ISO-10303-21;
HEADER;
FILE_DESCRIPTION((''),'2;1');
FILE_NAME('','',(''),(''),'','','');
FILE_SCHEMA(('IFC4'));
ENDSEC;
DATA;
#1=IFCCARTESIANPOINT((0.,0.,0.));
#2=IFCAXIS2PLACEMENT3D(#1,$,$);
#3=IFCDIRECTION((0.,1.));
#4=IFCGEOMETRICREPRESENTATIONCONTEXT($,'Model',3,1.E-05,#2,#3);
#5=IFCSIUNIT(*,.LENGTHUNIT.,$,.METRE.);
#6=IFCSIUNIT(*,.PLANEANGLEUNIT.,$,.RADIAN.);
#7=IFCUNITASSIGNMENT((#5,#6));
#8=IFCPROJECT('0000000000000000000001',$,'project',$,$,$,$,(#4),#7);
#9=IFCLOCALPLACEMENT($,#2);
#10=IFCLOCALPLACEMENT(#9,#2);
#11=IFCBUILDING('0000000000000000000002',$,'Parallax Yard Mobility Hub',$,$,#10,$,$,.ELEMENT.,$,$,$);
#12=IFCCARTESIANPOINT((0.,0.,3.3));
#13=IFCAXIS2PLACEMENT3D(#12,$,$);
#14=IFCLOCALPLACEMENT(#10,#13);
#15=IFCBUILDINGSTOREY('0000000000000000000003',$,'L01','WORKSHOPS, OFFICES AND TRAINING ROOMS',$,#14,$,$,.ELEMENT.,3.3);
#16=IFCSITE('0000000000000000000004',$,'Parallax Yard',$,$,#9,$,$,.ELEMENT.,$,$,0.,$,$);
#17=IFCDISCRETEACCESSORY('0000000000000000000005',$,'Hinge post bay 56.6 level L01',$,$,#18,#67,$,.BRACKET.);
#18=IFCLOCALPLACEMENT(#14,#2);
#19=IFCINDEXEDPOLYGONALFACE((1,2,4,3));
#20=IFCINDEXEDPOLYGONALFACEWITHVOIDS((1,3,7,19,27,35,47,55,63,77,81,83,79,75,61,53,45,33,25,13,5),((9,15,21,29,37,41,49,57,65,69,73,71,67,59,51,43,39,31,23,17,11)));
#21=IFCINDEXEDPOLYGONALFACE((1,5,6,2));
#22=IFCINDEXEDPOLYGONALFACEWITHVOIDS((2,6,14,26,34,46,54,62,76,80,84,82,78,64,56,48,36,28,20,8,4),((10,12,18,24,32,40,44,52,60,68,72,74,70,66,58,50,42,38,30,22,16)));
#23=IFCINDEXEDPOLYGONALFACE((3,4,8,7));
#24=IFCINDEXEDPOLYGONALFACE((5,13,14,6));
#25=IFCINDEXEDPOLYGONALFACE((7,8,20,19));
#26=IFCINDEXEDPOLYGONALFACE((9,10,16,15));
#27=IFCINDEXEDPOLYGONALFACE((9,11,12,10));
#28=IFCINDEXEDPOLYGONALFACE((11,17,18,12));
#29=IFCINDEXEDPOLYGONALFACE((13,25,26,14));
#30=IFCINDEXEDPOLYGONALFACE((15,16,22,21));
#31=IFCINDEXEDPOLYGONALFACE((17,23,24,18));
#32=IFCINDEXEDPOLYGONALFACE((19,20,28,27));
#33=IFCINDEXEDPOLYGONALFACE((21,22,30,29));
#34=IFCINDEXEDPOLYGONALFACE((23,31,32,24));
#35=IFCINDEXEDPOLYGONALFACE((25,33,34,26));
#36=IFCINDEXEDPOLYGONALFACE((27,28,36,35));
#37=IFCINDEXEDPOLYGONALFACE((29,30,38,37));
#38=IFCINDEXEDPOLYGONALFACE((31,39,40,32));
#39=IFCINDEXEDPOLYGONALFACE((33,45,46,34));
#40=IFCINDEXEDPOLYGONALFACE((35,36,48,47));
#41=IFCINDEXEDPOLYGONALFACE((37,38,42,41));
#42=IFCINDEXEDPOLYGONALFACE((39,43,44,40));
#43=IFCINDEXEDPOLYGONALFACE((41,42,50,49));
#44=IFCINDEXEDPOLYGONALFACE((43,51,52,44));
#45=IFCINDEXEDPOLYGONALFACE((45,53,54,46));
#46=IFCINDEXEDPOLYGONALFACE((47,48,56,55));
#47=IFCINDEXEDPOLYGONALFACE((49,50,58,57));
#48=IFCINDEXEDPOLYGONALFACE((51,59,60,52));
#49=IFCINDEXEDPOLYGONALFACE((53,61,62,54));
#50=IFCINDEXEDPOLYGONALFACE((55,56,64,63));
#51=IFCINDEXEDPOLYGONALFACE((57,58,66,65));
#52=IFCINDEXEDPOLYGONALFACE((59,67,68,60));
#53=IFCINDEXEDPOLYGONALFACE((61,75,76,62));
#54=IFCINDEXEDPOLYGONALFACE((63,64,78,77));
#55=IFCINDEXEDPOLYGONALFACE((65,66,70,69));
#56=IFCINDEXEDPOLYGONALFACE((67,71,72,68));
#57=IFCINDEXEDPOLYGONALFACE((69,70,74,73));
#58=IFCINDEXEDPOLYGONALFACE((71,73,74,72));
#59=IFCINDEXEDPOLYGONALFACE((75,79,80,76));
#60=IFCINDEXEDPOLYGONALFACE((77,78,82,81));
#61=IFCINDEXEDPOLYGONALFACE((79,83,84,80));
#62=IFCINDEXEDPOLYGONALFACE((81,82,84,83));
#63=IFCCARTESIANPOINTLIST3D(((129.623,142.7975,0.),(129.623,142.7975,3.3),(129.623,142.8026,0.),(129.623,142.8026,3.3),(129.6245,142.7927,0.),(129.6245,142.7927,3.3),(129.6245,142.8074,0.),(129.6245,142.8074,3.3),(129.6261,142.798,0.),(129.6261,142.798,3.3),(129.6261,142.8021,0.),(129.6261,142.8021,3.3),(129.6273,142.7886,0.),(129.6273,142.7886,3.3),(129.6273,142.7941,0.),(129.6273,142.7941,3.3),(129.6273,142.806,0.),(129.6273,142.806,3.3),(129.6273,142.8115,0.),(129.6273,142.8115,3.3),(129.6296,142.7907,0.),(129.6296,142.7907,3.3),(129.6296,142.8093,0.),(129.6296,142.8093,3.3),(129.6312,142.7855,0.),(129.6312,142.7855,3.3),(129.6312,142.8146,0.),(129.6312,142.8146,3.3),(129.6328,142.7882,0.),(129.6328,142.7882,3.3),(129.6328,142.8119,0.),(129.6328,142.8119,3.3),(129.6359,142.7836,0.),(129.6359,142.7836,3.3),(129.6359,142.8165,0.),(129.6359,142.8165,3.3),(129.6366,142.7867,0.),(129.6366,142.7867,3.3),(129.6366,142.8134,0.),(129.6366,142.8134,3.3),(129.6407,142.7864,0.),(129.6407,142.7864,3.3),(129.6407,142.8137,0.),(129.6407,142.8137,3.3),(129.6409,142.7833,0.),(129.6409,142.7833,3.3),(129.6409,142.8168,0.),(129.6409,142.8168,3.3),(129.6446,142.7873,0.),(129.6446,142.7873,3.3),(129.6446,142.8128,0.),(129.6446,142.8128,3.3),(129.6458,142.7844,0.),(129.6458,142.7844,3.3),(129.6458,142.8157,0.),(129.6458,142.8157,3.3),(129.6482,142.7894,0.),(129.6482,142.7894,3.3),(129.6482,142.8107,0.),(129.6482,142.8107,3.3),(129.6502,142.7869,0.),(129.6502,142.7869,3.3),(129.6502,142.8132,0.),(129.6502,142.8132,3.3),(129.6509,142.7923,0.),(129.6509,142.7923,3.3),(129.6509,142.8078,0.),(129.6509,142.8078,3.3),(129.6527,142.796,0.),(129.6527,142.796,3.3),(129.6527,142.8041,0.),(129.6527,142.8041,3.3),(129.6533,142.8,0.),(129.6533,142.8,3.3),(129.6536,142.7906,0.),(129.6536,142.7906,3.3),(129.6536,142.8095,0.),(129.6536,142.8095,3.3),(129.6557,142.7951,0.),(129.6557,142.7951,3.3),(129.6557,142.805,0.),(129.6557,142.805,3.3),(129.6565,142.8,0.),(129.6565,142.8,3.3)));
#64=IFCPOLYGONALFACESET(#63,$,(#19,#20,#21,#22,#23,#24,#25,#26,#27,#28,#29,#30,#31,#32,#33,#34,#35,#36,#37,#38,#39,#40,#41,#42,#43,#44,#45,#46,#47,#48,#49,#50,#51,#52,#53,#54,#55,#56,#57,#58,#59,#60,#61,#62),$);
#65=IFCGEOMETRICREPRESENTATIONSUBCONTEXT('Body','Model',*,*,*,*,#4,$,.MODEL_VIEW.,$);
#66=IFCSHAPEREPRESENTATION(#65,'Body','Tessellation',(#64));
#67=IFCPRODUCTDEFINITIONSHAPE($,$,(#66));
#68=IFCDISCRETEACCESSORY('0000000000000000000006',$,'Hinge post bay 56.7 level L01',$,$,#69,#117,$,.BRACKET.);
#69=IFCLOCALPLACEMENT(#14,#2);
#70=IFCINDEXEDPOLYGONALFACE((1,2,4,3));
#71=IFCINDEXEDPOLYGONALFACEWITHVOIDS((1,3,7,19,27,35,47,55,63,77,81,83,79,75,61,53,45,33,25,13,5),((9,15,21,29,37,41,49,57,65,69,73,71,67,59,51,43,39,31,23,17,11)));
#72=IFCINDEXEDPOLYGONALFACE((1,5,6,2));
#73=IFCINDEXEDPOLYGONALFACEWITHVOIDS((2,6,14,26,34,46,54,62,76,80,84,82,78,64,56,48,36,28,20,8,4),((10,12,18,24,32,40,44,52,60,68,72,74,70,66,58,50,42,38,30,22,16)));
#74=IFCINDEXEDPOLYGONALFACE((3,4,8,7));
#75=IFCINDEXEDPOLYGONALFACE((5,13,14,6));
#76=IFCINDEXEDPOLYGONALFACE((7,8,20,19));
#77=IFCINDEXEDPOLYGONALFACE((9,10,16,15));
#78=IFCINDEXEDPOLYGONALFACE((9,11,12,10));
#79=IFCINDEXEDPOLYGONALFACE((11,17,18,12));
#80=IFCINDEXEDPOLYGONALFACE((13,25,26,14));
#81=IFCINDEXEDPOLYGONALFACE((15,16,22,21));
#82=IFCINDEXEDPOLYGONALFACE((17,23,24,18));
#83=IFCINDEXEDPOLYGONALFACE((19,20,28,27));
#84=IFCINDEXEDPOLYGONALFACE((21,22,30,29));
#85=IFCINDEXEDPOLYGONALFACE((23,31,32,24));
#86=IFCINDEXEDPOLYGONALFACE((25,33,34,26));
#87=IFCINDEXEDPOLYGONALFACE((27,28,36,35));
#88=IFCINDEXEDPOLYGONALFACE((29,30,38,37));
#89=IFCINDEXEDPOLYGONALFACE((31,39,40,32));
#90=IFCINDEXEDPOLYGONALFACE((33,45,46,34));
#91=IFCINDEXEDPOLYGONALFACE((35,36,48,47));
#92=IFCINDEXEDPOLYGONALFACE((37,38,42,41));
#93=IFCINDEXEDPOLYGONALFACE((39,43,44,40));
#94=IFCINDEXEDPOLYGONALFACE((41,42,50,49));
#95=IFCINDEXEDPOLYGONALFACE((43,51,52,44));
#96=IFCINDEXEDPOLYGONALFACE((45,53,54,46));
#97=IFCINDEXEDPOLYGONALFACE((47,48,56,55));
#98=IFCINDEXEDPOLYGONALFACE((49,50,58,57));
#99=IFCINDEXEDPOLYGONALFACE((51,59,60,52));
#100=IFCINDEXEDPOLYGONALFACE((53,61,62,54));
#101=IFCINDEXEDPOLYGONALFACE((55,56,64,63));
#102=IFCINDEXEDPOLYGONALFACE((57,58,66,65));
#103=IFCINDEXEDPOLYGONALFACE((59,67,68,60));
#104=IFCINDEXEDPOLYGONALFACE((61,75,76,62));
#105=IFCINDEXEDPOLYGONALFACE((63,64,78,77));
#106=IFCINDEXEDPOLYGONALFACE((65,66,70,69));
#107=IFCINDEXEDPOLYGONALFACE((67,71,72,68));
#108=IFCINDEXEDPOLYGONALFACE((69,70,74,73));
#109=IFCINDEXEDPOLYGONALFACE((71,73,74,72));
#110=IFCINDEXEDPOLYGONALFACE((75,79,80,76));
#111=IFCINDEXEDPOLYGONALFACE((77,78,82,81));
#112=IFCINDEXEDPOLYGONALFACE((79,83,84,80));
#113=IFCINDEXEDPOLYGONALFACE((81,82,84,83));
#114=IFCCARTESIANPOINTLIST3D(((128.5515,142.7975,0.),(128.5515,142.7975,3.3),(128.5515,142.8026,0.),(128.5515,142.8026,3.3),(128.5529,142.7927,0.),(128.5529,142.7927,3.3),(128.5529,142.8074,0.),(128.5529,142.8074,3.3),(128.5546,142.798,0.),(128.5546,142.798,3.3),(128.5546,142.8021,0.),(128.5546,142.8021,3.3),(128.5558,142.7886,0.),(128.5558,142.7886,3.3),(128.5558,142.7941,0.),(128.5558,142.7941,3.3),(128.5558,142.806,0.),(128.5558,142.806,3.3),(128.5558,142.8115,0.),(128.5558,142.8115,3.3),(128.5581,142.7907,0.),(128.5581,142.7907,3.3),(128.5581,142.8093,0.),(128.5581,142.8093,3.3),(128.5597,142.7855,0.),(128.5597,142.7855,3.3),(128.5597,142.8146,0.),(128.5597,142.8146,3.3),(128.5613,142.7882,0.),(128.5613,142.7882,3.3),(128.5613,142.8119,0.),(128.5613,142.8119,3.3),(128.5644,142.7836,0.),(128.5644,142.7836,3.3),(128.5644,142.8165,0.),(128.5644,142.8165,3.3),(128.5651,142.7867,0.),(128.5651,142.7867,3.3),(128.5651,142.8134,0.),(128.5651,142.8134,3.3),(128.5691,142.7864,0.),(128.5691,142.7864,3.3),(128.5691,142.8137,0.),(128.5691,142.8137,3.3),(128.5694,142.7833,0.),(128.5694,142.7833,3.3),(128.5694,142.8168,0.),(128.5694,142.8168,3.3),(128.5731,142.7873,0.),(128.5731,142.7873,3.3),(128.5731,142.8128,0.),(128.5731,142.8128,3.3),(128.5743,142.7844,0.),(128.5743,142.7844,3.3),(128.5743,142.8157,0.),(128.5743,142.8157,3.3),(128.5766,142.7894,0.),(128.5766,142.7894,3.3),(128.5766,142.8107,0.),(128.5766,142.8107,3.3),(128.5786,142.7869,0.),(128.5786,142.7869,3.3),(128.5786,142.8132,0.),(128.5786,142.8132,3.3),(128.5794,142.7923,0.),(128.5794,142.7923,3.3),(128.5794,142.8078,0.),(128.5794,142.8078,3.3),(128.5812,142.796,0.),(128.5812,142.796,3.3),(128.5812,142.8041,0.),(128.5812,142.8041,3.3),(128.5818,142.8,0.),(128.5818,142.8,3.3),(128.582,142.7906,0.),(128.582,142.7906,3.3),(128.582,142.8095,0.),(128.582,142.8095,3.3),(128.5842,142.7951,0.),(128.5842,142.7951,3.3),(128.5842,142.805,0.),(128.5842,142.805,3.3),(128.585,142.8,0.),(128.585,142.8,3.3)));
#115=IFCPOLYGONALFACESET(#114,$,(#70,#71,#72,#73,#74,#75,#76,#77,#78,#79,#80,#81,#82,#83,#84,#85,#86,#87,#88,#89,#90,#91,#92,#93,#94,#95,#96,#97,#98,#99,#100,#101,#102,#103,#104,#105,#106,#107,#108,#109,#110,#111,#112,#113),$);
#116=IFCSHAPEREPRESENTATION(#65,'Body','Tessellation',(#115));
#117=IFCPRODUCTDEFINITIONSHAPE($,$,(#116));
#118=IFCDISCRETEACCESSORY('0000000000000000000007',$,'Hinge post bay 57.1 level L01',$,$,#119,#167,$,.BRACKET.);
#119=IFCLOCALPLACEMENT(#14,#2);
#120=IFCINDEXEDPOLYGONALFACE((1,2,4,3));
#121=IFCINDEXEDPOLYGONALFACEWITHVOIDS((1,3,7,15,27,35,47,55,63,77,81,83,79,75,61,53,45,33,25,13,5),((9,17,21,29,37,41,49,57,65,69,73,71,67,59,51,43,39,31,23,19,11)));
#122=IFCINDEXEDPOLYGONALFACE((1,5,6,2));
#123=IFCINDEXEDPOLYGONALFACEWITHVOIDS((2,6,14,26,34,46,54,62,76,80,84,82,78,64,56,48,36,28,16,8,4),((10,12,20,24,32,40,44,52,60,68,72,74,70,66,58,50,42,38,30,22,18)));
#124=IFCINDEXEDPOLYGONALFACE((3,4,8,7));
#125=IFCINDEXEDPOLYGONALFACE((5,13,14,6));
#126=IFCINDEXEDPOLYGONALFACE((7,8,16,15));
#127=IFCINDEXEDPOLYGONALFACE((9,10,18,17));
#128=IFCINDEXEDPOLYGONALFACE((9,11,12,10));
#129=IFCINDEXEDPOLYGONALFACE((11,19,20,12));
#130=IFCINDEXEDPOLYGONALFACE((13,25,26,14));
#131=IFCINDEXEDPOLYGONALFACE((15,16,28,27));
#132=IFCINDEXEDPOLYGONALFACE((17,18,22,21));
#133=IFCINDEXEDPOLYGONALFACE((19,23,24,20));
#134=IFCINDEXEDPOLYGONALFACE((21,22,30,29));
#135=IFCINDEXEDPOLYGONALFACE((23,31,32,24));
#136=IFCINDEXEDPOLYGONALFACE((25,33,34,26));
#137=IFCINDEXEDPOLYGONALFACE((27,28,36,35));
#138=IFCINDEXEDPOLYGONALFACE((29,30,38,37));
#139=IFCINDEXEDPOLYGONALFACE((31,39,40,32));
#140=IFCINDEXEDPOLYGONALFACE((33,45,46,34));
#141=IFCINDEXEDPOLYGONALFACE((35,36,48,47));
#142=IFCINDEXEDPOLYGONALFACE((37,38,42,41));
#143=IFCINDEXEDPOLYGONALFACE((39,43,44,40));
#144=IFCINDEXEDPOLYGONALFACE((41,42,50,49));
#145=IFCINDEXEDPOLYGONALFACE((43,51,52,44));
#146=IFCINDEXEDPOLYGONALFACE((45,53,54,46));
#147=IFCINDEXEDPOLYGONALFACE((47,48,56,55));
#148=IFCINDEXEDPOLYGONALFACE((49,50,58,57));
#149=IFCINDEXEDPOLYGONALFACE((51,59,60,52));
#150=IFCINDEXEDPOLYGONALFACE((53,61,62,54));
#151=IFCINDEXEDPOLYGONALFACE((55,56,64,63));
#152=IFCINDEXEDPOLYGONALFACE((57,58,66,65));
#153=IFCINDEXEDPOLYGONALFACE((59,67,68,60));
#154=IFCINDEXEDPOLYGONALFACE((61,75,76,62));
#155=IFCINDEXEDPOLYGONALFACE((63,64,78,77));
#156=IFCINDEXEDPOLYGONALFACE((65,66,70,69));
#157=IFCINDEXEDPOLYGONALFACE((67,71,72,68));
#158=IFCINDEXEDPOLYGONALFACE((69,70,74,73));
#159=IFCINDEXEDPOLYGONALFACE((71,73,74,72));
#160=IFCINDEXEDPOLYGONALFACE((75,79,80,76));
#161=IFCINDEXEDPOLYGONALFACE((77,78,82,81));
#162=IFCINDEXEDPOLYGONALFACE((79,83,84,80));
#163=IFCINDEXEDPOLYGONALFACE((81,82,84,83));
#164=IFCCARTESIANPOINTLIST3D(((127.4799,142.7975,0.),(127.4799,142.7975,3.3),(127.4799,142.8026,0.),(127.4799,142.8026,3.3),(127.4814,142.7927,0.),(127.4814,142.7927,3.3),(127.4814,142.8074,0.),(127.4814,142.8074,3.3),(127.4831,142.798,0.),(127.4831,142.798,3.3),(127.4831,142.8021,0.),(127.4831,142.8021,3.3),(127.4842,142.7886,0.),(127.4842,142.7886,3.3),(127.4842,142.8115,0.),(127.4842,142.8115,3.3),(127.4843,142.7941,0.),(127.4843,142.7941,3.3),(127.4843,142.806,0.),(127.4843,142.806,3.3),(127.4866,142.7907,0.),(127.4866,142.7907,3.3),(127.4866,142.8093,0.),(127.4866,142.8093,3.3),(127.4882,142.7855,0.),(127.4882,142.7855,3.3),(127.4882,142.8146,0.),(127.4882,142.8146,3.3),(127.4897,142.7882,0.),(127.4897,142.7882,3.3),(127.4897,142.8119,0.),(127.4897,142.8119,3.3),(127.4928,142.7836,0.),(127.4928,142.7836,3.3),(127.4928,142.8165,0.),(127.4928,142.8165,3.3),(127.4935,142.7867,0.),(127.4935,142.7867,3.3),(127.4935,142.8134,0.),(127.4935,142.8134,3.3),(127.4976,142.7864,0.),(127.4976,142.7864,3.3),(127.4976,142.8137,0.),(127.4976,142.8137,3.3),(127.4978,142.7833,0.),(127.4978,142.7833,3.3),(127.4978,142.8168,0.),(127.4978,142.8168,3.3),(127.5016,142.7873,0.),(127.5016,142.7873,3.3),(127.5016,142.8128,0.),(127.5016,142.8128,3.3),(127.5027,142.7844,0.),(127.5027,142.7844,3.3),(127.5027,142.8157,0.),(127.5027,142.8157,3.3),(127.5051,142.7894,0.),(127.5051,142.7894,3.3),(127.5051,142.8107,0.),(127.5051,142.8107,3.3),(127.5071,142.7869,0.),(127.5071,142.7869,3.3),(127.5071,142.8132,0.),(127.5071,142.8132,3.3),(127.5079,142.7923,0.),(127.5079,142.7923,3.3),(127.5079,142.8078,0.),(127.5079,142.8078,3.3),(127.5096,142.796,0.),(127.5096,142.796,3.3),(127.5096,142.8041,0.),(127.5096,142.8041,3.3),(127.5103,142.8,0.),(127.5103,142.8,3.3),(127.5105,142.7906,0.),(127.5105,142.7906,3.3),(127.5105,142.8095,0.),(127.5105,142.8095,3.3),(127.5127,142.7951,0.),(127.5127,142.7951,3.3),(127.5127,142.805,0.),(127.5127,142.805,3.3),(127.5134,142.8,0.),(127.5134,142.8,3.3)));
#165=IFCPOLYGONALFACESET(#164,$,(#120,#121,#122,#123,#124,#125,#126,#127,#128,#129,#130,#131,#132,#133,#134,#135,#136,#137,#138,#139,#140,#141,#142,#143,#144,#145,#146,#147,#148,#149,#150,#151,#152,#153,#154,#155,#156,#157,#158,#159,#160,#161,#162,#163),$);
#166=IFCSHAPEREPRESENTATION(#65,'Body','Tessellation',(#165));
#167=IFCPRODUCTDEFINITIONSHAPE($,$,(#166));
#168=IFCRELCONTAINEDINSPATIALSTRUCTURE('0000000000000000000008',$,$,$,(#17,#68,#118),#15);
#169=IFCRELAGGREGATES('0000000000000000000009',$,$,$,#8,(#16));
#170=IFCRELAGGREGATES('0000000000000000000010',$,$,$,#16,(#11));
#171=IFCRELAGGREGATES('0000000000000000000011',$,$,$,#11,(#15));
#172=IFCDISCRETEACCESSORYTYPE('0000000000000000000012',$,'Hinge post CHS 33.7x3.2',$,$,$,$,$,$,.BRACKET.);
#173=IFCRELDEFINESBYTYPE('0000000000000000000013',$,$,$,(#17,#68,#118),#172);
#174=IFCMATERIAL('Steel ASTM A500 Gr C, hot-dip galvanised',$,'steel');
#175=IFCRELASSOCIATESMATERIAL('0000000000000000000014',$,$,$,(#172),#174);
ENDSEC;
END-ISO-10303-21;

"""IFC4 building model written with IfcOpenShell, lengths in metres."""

from ifc_helpers import new_model, si_unit, direction, frame, origin, origin_2d, place, context, subcontext, project, spatial, hollow_circle, extrude, material, material_profile, profile_set, type_object, element, save


model = new_model("IFC4")

# Units and contexts
model_context = context("Model", 3, precision=1e-05, world=origin(), true_north=direction((0.0, 1.0)))
body_context = subcontext(model_context, "Body", "Model", "MODEL_VIEW")
ifc_project = project(units=[si_unit("LENGTHUNIT", "METRE"), si_unit("PLANEANGLEUNIT", "RADIAN")], contexts=[model_context])

# Site, building, storey
site_placement = place(None, origin())
site = spatial("IfcSite", under=ifc_project, at=site_placement, Name="Parallax Yard", CompositionType="ELEMENT", RefElevation=0.0)
building_placement = place(site_placement, origin())
building = spatial("IfcBuilding", under=site, at=building_placement, Name="Parallax Yard Mobility Hub", CompositionType="ELEMENT")
storey_placement = place(building_placement, frame((0.0, 0.0, 3.3)))
storey = spatial("IfcBuildingStorey", under=building, at=storey_placement, Name="L01", Description="WORKSHOPS, OFFICES AND TRAINING ROOMS", CompositionType="ELEMENT", Elevation=3.3)

# Discrete accessories
ifc_material_1 = material(Name="Steel ASTM A500 Gr C, hot-dip galvanised", Category="steel")
ifc_material_profile = material_profile(ifc_material_1, hollow_circle(Radius=0.0168, WallThickness=0.0032, at=origin_2d()), Name="CHS 33.7x3.2")
ifc_profile_set = profile_set([ifc_material_profile], Name="Steel ASTM A500 Gr C, hot-dip galvanised")
discrete_accessory_type_1 = type_object("IfcDiscreteAccessoryType", Name="Hinge post CHS 33.7x3.2", PredefinedType="BRACKET", material=ifc_profile_set)
for number, where, z_axis, x_axis, name in (
    (1, (129.6396, 142.8, 0.0), (0.0, 0.0, 1.0), (1.0, 0.0, 0.0), "Hinge post bay 56.6 level L01"),
    (2, (128.5681, 142.8, 0.0), (0.0, 0.0, 1.0), (1.0, 0.0, 0.0), "Hinge post bay 56.7 level L01"),
    (3, (127.4966, 142.8, 0.0), (0.0, 0.0, 1.0), (1.0, 0.0, 0.0), "Hinge post bay 57.1 level L01"),
):
    element("IfcDiscreteAccessory", number, at=place(storey_placement, frame(where, z_axis=z_axis, x_axis=x_axis)), inside=storey, type_object=discrete_accessory_type_1, Name=name, PredefinedType="BRACKET", context=body_context, shape_type="SweptSolid", body=[
        extrude(hollow_circle(Radius=0.0168, WallThickness=0.0032, at=origin_2d()), origin(), (0.0, 0.0, 1.0), 3.3),
    ])

save(model, "model.ifc")
